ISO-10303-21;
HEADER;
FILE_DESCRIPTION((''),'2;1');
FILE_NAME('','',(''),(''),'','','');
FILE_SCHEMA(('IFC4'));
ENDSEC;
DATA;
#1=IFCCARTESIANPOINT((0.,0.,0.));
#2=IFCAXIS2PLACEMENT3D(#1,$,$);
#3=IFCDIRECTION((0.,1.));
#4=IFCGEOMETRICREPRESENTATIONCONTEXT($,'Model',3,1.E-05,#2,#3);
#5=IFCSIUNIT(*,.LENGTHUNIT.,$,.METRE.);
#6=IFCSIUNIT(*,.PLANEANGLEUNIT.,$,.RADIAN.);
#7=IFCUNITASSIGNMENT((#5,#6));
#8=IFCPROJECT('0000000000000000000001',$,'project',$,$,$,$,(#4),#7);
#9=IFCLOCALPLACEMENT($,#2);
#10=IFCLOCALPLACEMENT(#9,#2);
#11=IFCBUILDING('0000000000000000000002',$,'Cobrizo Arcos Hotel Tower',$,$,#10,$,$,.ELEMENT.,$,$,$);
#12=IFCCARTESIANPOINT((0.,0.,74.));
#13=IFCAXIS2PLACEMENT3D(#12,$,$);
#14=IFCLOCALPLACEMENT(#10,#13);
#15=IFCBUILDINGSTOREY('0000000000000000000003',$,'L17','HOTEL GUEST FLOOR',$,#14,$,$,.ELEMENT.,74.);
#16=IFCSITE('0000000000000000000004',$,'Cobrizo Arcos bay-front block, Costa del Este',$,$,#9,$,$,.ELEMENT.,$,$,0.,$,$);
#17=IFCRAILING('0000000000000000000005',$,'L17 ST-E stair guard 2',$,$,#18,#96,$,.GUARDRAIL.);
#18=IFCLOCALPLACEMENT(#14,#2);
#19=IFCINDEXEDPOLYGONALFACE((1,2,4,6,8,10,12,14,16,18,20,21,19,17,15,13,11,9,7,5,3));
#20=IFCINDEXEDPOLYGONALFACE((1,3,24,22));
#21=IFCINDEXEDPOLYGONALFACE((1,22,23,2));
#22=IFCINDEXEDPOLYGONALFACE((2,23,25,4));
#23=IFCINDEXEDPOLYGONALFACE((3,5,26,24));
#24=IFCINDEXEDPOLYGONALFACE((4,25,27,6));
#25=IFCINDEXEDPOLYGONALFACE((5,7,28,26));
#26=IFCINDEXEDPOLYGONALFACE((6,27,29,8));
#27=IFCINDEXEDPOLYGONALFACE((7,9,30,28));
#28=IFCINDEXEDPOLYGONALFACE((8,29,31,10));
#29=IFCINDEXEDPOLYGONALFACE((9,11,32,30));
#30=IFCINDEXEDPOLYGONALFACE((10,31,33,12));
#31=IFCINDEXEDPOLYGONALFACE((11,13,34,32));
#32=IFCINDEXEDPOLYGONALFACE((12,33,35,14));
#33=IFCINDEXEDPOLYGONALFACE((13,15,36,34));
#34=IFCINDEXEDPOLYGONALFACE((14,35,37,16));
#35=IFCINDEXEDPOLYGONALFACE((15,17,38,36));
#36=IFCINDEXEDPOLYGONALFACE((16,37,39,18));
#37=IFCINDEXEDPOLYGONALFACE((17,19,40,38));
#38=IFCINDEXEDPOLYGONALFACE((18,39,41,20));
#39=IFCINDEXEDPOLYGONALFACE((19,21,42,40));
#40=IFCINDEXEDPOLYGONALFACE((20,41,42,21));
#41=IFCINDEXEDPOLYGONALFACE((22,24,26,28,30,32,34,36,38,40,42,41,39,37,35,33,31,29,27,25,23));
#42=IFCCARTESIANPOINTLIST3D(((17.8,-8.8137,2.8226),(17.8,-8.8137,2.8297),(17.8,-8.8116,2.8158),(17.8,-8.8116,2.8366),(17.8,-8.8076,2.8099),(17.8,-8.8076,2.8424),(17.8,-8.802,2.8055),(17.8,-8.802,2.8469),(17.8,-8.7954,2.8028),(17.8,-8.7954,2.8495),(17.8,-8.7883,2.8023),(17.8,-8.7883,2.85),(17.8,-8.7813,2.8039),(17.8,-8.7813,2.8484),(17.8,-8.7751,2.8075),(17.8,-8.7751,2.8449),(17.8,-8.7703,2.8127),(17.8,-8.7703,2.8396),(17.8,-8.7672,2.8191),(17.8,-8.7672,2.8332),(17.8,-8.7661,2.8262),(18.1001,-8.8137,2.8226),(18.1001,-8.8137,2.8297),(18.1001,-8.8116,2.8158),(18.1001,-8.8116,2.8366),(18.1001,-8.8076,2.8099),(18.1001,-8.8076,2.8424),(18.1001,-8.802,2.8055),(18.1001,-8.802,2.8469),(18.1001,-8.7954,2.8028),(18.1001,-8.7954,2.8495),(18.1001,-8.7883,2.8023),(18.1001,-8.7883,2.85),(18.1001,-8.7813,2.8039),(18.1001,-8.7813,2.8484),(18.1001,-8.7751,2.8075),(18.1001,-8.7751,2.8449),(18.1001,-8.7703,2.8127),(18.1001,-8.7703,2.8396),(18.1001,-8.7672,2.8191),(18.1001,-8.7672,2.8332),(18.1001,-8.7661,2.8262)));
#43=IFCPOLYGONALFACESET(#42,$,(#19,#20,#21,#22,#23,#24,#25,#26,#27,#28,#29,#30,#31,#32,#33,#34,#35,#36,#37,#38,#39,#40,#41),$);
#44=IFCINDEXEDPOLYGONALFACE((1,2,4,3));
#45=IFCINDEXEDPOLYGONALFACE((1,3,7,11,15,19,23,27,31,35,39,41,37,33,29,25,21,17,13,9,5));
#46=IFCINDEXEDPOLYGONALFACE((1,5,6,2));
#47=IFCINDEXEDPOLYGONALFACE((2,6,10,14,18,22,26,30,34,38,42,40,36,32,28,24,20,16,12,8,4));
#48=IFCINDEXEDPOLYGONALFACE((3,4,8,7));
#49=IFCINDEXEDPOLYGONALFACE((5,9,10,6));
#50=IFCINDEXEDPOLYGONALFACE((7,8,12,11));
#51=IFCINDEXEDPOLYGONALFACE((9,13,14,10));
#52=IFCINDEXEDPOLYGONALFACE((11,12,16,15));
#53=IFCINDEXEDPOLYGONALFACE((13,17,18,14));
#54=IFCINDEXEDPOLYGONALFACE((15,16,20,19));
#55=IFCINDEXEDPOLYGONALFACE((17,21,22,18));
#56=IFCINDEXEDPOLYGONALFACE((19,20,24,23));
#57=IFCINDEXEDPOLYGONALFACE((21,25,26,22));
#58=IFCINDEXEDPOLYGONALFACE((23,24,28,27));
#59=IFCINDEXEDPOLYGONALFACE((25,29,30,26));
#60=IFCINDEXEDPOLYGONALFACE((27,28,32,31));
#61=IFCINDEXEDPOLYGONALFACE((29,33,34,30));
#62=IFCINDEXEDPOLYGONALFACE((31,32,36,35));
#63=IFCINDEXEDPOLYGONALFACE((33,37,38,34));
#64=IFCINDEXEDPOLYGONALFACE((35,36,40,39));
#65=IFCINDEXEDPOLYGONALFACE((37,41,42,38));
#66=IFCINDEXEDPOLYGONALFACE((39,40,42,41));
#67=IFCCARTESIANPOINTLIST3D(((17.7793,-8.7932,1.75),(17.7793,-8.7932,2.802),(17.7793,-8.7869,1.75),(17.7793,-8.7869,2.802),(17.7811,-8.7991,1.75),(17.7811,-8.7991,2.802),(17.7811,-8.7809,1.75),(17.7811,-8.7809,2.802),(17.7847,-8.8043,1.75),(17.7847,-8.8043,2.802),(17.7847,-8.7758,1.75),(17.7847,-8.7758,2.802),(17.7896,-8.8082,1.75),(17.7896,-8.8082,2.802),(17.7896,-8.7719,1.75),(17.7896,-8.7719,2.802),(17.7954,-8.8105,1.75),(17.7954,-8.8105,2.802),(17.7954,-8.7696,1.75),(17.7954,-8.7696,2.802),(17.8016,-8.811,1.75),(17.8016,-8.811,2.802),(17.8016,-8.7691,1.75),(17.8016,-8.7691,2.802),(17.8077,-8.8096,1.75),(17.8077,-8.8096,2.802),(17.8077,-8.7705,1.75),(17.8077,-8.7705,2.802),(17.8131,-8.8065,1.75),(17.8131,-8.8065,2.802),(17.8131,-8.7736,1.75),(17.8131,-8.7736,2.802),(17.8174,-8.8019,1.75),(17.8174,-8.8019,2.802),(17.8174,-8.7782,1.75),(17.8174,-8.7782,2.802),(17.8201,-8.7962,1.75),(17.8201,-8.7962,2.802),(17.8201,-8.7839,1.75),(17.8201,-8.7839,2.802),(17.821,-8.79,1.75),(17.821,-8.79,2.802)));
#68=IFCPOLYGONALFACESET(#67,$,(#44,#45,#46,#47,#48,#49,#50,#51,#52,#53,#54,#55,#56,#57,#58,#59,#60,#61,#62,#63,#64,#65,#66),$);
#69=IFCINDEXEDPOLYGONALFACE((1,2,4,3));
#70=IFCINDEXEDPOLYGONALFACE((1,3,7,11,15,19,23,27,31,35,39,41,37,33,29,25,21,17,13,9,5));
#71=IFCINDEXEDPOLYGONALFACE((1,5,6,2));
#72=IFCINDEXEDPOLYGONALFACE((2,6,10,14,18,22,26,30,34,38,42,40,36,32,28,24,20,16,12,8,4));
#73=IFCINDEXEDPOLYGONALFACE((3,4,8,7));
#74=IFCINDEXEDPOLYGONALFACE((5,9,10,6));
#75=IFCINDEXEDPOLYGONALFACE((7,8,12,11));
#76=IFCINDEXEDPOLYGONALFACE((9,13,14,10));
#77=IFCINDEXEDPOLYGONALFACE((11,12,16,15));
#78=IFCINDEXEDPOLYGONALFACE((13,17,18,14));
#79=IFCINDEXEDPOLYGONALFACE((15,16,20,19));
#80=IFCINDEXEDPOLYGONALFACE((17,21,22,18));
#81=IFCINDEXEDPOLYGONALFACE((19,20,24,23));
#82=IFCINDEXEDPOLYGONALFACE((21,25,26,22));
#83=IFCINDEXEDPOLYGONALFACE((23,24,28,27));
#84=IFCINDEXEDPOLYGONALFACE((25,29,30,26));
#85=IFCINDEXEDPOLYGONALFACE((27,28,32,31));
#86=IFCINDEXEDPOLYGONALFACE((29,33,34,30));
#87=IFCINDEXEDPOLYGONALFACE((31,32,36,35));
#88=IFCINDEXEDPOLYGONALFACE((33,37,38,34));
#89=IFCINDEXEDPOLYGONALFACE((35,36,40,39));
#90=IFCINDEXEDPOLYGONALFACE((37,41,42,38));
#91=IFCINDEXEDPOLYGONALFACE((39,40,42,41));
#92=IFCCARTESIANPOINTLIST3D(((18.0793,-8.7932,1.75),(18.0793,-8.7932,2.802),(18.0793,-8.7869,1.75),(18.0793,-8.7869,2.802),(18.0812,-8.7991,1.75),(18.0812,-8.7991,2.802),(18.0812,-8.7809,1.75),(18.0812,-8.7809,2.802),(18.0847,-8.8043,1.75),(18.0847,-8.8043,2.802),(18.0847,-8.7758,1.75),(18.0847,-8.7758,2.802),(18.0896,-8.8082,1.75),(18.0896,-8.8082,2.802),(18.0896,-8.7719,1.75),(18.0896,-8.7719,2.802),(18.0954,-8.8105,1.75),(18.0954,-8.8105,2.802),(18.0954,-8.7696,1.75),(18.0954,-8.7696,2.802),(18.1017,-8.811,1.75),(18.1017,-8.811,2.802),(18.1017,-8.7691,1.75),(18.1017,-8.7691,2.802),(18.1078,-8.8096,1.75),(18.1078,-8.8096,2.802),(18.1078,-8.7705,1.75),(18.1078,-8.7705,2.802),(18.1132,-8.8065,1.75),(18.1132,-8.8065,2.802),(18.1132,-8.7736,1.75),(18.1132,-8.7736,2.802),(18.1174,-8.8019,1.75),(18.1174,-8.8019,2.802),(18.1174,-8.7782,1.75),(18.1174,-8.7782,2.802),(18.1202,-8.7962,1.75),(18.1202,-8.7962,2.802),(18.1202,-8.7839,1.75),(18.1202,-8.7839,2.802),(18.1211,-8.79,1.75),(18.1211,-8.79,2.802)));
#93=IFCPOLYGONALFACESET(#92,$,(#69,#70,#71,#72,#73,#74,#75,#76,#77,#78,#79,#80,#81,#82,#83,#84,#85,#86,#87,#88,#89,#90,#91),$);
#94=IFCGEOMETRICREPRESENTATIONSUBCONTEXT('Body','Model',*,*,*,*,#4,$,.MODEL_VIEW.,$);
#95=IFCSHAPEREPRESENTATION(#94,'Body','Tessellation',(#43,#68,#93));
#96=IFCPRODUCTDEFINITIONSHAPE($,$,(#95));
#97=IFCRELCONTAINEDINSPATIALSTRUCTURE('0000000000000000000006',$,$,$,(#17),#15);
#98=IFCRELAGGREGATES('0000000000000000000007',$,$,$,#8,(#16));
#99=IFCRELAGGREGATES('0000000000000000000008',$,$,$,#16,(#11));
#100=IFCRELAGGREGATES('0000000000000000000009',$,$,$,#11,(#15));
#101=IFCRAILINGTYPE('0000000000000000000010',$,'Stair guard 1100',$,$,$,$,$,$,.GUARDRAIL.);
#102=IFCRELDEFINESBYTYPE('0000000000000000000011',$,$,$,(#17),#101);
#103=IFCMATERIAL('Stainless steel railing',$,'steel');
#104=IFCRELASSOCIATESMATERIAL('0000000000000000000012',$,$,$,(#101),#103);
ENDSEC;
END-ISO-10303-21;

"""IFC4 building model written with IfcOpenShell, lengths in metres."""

from ifc_helpers import new_model, si_unit, direction, frame, origin, origin_2d, place, context, subcontext, project, spatial, circle, extrude, material, type_object, element, save


model = new_model("IFC4")

# Units and contexts
model_context = context("Model", 3, precision=1e-05, world=origin(), true_north=direction((0.0, 1.0)))
body_context = subcontext(model_context, "Body", "Model", "MODEL_VIEW")
ifc_project = project(units=[si_unit("LENGTHUNIT", "METRE"), si_unit("PLANEANGLEUNIT", "RADIAN")], contexts=[model_context])

# Site, building, storey
site_placement = place(None, origin())
site = spatial("IfcSite", under=ifc_project, at=site_placement, Name="Cobrizo Arcos bay-front block, Costa del Este", CompositionType="ELEMENT", RefElevation=0.0)
building_placement = place(site_placement, origin())
building = spatial("IfcBuilding", under=site, at=building_placement, Name="Cobrizo Arcos Hotel Tower", CompositionType="ELEMENT")
storey_placement = place(building_placement, frame((0.0, 0.0, 74.0)))
storey = spatial("IfcBuildingStorey", under=building, at=storey_placement, Name="L17", Description="HOTEL GUEST FLOOR", CompositionType="ELEMENT", Elevation=74.0)

# Railing
ifc_material_1 = material(Name="Stainless steel railing", Category="steel")
railing_type_1 = type_object("IfcRailingType", Name="Stair guard 1100", PredefinedType="GUARDRAIL", material=ifc_material_1)
railing_1_placement = place(storey_placement, frame((17.8, -8.79, 1.75)))
element("IfcRailing", 1, at=railing_1_placement, inside=storey, type_object=railing_type_1, Name="L17 ST-E stair guard 2", PredefinedType="GUARDRAIL", context=body_context, shape_type="SweptSolid", body=[
    extrude(circle(Radius=0.0239, at=origin_2d()), frame((0.0, 0.0, 1.0762), z_axis=(1.0, 0.0, 0.0), x_axis=(0.0, 1.0, 0.0)), (0.0, 0.0, 1.0), 0.3),
    extrude(circle(Radius=0.021, at=origin_2d()), origin(), (0.0, 0.0, 1.0), 1.052),
    extrude(circle(Radius=0.021, at=origin_2d()), frame((0.3, 0.0, 0.0)), (0.0, 0.0, 1.0), 1.052),
])

save(model, "model.ifc")
